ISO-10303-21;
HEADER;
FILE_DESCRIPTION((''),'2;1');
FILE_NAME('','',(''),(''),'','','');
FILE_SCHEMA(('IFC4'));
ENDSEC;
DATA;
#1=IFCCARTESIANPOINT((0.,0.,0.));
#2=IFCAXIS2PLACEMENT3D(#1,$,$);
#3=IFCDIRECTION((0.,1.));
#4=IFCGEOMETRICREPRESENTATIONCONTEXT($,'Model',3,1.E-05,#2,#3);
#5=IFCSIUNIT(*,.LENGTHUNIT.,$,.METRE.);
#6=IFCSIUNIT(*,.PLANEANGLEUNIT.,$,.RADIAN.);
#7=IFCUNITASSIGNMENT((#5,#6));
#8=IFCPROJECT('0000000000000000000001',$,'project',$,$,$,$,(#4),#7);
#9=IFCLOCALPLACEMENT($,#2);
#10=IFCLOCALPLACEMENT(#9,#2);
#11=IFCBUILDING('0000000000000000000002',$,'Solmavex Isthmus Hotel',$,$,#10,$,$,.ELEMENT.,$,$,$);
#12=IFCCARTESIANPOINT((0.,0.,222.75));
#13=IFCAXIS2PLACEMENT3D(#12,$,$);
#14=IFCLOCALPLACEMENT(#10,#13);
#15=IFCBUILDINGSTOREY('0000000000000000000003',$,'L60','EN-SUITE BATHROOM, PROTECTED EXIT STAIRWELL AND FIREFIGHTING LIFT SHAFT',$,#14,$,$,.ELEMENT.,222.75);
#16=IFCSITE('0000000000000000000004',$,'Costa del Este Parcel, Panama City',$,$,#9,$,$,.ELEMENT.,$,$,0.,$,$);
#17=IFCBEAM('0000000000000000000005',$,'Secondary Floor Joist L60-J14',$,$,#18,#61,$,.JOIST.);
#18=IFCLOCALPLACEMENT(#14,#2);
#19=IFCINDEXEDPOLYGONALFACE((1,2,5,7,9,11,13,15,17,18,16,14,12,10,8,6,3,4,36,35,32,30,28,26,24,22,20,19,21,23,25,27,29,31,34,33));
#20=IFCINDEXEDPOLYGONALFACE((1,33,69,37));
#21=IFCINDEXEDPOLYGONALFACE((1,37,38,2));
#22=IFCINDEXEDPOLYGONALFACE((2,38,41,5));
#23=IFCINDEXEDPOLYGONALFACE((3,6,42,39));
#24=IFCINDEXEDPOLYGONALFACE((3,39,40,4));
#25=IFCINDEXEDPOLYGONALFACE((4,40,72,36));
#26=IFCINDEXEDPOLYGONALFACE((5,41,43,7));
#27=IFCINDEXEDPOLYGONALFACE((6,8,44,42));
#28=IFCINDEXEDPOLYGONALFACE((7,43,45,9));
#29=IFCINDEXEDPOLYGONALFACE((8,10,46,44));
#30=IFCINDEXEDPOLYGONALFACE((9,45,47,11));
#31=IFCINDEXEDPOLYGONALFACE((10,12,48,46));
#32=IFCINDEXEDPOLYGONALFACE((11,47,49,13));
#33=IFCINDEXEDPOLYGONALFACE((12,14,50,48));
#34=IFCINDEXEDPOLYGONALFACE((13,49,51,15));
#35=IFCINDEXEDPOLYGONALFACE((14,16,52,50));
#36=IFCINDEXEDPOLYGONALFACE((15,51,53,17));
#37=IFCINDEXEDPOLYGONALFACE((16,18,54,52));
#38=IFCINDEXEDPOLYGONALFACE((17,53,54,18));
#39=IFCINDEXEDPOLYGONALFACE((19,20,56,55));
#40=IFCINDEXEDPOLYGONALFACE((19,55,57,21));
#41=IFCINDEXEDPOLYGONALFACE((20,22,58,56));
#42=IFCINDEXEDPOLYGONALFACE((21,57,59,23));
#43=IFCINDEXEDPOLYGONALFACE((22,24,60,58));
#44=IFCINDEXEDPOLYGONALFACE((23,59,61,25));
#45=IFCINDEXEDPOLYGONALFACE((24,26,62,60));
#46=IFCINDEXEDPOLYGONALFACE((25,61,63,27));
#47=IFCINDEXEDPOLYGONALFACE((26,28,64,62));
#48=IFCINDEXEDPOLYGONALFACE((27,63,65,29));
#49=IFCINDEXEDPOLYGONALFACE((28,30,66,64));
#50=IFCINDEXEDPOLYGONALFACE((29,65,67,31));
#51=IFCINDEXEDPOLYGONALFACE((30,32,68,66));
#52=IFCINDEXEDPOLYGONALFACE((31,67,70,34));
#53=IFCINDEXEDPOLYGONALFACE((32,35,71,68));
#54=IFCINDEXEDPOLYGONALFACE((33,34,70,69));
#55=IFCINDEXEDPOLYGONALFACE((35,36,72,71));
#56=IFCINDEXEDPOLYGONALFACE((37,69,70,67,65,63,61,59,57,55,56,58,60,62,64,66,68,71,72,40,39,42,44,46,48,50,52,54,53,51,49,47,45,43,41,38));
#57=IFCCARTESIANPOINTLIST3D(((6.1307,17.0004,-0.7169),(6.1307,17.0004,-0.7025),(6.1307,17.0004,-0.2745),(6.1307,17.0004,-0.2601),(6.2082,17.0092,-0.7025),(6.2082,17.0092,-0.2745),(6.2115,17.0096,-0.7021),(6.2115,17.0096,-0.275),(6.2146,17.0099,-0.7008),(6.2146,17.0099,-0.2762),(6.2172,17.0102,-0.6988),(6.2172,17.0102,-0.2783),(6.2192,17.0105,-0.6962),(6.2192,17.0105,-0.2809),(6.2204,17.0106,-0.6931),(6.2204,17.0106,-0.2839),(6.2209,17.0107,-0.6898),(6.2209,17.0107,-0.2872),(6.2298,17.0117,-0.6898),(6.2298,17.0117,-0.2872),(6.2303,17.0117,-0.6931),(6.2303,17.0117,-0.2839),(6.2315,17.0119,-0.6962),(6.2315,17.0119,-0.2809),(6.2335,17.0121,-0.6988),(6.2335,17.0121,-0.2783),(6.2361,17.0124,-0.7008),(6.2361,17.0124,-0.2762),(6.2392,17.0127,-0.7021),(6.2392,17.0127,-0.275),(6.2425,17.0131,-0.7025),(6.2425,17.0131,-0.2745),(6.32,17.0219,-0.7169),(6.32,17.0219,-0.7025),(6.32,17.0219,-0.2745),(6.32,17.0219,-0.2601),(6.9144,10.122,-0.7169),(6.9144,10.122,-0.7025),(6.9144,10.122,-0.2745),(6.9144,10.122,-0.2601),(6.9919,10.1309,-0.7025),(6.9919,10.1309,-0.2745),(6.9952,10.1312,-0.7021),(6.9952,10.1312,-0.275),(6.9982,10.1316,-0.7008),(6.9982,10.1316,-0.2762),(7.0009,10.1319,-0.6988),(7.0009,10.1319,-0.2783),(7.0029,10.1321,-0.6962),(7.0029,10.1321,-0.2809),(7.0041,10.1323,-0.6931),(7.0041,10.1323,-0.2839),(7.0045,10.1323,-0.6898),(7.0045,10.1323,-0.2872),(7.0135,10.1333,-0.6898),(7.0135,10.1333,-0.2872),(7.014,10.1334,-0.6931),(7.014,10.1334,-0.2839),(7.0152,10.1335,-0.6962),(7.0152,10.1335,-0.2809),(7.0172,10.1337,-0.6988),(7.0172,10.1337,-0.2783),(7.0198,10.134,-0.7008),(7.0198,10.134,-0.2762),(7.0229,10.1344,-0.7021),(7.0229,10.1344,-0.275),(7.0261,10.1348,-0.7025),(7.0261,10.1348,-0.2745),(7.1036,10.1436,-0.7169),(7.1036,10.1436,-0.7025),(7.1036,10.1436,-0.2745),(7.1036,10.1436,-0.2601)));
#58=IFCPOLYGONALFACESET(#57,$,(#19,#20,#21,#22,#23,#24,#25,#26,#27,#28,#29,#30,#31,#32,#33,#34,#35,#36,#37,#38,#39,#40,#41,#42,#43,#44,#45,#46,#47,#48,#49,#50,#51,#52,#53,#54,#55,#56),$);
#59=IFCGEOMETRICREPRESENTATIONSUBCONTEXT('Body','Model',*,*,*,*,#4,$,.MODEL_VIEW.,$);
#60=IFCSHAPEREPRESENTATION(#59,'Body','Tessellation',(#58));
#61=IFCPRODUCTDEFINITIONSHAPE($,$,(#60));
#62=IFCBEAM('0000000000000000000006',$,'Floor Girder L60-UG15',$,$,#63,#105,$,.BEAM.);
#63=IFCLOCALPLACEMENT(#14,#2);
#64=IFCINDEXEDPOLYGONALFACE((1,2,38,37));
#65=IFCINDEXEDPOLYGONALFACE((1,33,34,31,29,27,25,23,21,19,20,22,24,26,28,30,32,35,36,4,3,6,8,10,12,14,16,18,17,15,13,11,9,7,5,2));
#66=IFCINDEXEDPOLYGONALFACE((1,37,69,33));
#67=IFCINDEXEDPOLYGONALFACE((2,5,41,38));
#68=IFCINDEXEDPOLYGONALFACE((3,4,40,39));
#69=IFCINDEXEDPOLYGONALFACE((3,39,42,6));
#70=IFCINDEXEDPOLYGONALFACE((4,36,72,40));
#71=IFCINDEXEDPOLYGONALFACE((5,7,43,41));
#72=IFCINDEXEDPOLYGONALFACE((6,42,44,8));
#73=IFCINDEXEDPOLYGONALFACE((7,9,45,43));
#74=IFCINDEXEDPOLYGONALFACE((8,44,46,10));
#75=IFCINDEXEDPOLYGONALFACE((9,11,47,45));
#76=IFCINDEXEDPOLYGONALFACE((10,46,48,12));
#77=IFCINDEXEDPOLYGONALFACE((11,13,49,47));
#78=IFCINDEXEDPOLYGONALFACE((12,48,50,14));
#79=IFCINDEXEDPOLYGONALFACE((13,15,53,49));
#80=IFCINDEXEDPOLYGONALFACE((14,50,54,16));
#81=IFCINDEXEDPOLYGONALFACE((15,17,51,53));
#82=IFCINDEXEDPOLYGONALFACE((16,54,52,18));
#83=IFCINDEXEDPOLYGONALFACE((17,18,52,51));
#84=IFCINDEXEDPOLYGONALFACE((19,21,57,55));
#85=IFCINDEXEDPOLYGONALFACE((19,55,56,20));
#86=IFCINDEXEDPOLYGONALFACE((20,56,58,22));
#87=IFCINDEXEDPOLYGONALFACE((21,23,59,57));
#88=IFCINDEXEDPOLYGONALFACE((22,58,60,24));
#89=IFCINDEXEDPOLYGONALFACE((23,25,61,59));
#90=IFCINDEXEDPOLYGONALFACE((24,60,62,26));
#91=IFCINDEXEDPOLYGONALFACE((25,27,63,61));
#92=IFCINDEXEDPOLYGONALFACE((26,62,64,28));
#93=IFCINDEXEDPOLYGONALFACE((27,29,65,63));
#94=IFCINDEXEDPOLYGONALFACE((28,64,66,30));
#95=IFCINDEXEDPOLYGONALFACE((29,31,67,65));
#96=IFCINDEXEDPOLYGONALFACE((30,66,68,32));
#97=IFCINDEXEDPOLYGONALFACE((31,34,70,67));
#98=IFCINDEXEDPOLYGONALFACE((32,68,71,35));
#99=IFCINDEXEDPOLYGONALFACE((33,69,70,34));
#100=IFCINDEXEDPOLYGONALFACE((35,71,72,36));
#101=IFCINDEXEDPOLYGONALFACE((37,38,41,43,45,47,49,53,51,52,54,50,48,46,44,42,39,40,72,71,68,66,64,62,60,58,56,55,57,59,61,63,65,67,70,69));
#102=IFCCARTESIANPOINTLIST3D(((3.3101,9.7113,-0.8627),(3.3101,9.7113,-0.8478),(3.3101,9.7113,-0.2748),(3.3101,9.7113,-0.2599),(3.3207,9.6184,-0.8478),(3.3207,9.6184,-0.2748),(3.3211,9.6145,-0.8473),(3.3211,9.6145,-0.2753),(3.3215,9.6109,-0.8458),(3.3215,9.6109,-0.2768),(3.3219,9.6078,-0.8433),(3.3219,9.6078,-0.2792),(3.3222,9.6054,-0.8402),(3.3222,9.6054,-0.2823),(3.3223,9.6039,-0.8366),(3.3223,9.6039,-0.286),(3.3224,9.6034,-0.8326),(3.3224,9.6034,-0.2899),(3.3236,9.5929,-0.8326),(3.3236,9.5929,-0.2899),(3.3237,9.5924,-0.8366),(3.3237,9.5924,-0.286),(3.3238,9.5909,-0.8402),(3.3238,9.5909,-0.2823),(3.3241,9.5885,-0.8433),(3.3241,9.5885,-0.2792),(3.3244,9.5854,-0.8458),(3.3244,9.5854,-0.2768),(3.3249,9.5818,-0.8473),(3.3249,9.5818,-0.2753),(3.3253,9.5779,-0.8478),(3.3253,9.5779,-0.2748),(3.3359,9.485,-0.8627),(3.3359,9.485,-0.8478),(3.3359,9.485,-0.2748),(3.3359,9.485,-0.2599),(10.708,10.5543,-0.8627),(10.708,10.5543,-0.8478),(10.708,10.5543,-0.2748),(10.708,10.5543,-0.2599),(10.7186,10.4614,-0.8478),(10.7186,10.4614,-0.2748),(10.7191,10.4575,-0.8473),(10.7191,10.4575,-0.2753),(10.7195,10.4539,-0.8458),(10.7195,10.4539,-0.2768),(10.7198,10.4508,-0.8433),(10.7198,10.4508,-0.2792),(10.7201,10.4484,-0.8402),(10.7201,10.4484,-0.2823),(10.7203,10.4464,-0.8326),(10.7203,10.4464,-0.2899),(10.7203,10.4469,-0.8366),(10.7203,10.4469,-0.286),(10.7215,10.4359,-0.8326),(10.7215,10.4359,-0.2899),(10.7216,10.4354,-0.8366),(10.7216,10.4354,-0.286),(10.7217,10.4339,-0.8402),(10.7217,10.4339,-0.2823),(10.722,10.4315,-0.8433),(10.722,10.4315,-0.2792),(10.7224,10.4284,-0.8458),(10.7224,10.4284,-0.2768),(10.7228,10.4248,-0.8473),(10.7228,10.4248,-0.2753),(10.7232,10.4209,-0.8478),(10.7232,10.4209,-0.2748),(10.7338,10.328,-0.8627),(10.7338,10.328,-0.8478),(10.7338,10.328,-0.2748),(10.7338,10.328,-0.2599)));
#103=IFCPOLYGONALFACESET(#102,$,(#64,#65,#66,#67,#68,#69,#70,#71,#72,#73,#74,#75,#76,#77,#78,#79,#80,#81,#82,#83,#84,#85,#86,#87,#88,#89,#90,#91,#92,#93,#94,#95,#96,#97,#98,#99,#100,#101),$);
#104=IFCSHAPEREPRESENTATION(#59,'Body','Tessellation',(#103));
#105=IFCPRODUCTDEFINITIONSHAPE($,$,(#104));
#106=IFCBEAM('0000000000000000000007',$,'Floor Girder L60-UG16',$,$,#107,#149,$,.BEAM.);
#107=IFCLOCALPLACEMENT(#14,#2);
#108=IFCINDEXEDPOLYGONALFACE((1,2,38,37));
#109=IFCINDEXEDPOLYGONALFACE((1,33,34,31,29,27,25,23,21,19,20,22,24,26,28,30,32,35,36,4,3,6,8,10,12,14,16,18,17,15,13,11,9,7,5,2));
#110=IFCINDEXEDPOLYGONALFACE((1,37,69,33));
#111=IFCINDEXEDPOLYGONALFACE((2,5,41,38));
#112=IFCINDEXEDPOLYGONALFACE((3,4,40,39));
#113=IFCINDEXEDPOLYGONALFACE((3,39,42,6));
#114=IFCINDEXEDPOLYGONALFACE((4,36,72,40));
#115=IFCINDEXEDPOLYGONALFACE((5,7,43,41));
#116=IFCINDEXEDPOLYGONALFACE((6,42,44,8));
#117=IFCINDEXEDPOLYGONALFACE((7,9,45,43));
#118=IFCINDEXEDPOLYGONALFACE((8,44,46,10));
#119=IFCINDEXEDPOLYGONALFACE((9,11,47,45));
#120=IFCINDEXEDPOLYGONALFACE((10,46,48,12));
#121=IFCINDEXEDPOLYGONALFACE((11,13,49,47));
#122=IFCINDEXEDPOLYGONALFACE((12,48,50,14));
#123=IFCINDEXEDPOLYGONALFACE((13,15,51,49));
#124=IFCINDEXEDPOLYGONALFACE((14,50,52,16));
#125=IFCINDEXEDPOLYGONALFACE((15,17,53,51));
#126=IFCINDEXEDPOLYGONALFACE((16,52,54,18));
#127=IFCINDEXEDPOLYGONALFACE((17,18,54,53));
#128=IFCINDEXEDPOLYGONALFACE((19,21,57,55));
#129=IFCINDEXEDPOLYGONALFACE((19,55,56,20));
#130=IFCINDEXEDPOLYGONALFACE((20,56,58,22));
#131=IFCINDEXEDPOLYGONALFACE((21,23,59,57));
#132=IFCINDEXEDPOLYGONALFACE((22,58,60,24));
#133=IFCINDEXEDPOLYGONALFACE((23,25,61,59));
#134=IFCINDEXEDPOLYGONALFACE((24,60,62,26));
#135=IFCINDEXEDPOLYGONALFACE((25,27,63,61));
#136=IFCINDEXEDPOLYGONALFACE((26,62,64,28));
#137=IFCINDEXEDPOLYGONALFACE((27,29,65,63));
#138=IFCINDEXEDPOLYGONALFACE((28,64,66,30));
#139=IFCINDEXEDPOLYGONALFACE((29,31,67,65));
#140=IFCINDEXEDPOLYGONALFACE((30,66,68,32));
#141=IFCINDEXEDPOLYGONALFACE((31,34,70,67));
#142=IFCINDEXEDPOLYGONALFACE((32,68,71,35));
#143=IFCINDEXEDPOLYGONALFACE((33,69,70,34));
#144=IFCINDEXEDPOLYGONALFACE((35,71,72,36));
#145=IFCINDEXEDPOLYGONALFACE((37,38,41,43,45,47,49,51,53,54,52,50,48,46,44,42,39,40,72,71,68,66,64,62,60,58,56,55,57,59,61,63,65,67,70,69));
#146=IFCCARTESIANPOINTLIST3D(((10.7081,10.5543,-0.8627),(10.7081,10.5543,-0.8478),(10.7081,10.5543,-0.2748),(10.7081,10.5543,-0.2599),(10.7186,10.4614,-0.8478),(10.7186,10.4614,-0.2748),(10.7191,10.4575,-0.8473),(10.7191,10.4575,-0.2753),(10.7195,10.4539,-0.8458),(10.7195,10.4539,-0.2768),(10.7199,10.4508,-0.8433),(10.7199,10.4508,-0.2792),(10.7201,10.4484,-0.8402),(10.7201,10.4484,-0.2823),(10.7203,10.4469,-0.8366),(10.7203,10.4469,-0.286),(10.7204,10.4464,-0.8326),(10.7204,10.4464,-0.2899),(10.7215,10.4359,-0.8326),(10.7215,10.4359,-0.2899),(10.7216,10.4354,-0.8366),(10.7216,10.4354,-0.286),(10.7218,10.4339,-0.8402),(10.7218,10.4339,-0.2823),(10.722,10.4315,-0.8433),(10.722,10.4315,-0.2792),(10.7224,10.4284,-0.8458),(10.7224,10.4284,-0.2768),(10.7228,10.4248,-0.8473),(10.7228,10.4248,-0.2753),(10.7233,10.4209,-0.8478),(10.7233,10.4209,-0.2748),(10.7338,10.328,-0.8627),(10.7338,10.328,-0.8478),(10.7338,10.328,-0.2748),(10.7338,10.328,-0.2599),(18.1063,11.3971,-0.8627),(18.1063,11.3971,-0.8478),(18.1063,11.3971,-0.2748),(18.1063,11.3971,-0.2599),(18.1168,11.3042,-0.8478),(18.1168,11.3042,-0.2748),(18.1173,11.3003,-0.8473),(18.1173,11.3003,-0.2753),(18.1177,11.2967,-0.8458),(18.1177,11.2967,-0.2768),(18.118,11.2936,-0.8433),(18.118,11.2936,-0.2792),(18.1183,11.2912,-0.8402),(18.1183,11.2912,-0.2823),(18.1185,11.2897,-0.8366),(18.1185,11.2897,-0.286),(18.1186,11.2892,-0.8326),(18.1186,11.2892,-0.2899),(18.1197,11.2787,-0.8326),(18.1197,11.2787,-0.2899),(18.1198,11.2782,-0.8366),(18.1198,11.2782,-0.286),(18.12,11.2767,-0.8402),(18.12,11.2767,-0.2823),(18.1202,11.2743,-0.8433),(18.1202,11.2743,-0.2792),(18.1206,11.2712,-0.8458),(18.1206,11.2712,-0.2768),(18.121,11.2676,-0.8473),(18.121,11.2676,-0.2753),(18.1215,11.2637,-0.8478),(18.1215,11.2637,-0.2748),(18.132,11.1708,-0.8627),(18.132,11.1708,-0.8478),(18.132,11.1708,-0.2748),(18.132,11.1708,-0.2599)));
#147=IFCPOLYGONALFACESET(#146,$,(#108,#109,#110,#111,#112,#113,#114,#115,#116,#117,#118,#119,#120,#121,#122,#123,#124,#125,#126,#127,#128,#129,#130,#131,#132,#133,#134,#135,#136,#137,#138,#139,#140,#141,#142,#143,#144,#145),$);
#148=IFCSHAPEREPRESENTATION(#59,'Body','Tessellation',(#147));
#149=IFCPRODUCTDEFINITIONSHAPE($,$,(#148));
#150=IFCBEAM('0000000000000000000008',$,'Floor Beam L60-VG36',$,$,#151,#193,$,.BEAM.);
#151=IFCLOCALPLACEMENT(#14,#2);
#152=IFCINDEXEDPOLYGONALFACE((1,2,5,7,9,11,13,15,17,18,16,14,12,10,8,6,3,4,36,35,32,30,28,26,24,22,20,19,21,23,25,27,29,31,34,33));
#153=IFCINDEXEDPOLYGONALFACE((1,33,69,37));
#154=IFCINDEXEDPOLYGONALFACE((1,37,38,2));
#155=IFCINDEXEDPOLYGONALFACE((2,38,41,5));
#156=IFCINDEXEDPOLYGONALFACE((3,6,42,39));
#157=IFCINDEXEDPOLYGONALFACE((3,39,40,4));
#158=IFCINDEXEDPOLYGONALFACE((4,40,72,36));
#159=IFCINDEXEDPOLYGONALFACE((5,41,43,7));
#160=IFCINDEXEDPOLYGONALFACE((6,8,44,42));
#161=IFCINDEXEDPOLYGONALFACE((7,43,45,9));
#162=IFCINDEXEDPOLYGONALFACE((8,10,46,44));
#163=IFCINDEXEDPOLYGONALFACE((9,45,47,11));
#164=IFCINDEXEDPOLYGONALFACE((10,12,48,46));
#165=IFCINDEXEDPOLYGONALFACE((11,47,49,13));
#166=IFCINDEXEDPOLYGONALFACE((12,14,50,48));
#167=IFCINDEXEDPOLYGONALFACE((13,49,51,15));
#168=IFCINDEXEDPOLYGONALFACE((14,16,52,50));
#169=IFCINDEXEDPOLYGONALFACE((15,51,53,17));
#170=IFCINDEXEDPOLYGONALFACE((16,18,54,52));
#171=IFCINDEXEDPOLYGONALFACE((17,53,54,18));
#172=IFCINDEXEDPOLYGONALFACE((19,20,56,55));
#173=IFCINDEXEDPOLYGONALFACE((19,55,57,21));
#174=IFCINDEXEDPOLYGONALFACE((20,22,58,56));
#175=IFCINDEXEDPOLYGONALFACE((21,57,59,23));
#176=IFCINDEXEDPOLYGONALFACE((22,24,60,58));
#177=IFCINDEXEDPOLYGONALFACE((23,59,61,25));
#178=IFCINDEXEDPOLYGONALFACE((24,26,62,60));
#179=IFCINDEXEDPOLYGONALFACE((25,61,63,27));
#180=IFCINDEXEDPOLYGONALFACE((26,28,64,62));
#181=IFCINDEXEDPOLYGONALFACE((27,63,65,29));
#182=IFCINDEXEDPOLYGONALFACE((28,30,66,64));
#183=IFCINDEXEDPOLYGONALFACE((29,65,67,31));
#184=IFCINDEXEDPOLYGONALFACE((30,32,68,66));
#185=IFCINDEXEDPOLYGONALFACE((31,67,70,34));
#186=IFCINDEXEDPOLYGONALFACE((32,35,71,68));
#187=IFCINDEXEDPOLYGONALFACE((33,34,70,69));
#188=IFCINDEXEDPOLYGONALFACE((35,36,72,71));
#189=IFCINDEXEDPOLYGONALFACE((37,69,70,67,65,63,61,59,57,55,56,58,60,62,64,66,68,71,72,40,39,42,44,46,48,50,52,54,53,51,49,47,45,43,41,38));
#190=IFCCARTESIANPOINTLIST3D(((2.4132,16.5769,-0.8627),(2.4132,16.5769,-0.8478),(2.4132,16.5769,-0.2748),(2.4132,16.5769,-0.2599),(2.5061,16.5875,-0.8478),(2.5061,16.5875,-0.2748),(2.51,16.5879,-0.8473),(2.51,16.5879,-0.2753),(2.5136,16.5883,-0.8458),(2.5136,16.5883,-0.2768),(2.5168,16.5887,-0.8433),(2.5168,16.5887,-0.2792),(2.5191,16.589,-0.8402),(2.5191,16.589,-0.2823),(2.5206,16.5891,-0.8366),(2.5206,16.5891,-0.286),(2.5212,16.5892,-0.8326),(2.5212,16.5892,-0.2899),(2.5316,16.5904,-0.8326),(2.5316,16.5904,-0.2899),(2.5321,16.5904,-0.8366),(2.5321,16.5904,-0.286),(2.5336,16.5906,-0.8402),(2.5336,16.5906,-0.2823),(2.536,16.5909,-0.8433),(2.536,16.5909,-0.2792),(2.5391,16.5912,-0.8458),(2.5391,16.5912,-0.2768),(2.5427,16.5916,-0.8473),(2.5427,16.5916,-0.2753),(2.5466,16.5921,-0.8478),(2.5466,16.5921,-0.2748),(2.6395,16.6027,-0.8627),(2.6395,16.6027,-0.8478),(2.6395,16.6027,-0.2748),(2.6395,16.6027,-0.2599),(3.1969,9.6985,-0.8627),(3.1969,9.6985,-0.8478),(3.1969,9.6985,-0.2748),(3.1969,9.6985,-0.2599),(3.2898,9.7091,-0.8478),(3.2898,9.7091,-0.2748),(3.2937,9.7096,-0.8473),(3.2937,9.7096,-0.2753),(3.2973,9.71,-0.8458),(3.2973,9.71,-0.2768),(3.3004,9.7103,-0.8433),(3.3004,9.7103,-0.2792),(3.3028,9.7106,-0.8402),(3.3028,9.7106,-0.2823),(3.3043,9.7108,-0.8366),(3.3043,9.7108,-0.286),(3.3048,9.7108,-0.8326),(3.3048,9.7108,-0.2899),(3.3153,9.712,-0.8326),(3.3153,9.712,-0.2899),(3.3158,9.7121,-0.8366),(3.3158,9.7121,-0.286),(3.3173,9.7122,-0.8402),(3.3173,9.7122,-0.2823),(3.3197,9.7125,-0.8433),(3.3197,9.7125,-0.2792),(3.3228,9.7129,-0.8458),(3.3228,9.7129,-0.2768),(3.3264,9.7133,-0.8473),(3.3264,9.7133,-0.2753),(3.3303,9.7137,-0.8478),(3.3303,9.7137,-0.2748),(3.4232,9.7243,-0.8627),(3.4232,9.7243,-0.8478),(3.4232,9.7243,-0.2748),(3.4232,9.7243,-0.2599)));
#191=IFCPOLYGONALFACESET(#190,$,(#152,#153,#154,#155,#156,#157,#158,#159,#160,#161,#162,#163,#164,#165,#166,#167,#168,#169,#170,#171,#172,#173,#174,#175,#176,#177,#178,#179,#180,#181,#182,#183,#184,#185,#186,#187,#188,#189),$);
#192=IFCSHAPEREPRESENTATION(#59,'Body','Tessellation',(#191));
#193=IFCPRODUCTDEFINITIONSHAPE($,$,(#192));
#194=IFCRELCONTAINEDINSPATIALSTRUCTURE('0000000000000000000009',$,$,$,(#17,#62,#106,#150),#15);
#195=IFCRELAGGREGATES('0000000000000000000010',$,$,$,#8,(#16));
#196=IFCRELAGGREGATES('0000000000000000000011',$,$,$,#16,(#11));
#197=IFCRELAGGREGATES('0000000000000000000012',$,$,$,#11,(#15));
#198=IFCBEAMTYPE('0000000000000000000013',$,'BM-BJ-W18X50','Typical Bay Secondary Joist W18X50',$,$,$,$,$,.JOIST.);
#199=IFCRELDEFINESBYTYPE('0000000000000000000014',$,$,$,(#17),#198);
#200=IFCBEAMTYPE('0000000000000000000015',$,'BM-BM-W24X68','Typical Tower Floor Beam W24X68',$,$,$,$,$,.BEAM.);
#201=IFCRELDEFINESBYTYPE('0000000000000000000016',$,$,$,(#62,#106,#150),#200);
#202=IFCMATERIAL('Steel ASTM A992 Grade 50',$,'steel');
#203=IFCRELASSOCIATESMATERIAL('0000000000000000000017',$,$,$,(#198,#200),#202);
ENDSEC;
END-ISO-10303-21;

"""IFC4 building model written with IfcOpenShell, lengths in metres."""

from ifc_helpers import new_model, si_unit, direction, frame, origin, origin_2d, place, context, subcontext, project, spatial, i_section, extrude, material, material_profile, profile_set, type_object, element, save


model = new_model("IFC4")

# Units and contexts
model_context = context("Model", 3, precision=1e-05, world=origin(), true_north=direction((0.0, 1.0)))
body_context = subcontext(model_context, "Body", "Model", "MODEL_VIEW")
ifc_project = project(units=[si_unit("LENGTHUNIT", "METRE"), si_unit("PLANEANGLEUNIT", "RADIAN")], contexts=[model_context])

# Site, building, storey
site_placement = place(None, origin())
site = spatial("IfcSite", under=ifc_project, at=site_placement, Name="Costa del Este Parcel, Panama City", CompositionType="ELEMENT", RefElevation=0.0)
building_placement = place(site_placement, origin())
building = spatial("IfcBuilding", under=site, at=building_placement, Name="Solmavex Isthmus Hotel", CompositionType="ELEMENT")
storey_placement = place(building_placement, frame((0.0, 0.0, 222.75)))
storey = spatial("IfcBuildingStorey", under=building, at=storey_placement, Name="L60", Description="EN-SUITE BATHROOM, PROTECTED EXIT STAIRWELL AND FIREFIGHTING LIFT SHAFT", CompositionType="ELEMENT", Elevation=222.75)

# Beams
ifc_material_1 = material(Name="Steel ASTM A992 Grade 50", Category="steel")
ifc_material_profile_1 = material_profile(ifc_material_1, i_section(OverallWidth=0.1904, OverallDepth=0.4568, WebThickness=0.009, FlangeThickness=0.0144, FilletRadius=0.0127, at=origin_2d()), Name="W18X50")
ifc_profile_set_1 = profile_set([ifc_material_profile_1], Name="Steel ASTM A992 Grade 50")
beam_type_1 = type_object("IfcBeamType", Name="BM-BJ-W18X50", Description="Typical Bay Secondary Joist W18X50", PredefinedType="JOIST", material=ifc_profile_set_1)
beam_1_placement = place(storey_placement, frame((7.009, 10.1328, -0.4885), z_axis=(-0.113202, 0.993572, 0.0), x_axis=(-0.993572, -0.113202, 0.0)))
element("IfcBeam", 1, at=beam_1_placement, inside=storey, type_object=beam_type_1, Name="Secondary Floor Joist L60-J14", PredefinedType="JOIST", context=body_context, shape_type="SweptSolid", body=[
    extrude(i_section(OverallWidth=0.1904, OverallDepth=0.4568, WebThickness=0.009, FlangeThickness=0.0144, FilletRadius=0.0127, at=origin_2d()), origin(), (0.0, 0.0, 1.0), 6.9229),
])
ifc_material_profile_2 = material_profile(ifc_material_1, i_section(OverallWidth=0.2278, OverallDepth=0.6028, WebThickness=0.0105, FlangeThickness=0.0149, FilletRadius=0.0151, at=origin_2d()), Name="W24X68")
ifc_profile_set_2 = profile_set([ifc_material_profile_2], Name="Steel ASTM A992 Grade 50")
beam_type_2 = type_object("IfcBeamType", Name="BM-BM-W24X68", Description="Typical Tower Floor Beam W24X68", PredefinedType="BEAM", material=ifc_profile_set_2)
beam_2_placement = place(storey_placement, frame((3.323, 9.5981, -0.5613), z_axis=(0.99357, 0.11322, 0.0), x_axis=(-0.11322, 0.99357, 0.0)))
element("IfcBeam", 2, at=beam_2_placement, inside=storey, type_object=beam_type_2, Name="Floor Girder L60-UG15", PredefinedType="BEAM", context=body_context, shape_type="SweptSolid", body=[
    extrude(i_section(OverallWidth=0.2278, OverallDepth=0.6028, WebThickness=0.0105, FlangeThickness=0.0149, FilletRadius=0.0151, at=origin_2d()), origin(), (0.0, 0.0, 1.0), 7.4458),
])
beam_3_placement = place(storey_placement, frame((10.7209, 10.4412, -0.5613), z_axis=(0.993574, 0.113184, 0.0), x_axis=(-0.113184, 0.993574, 0.0)))
element("IfcBeam", 3, at=beam_3_placement, inside=storey, type_object=beam_type_2, Name="Floor Girder L60-UG16", PredefinedType="BEAM", context=body_context, shape_type="SweptSolid", body=[
    extrude(i_section(OverallWidth=0.2278, OverallDepth=0.6028, WebThickness=0.0105, FlangeThickness=0.0149, FilletRadius=0.0151, at=origin_2d()), origin(), (0.0, 0.0, 1.0), 7.446),
])
for number, where, z_axis, x_axis, name in (
    (4, (3.3101, 9.7114, -0.5613), (-0.113202, 0.993572, 0.0), (-0.993572, -0.113202, 0.0), "Floor Beam L60-VG36"),
):
    element("IfcBeam", number, at=place(storey_placement, frame(where, z_axis=z_axis, x_axis=x_axis)), inside=storey, type_object=beam_type_2, Name=name, PredefinedType="BEAM", context=body_context, shape_type="SweptSolid", body=[
        extrude(i_section(OverallWidth=0.2278, OverallDepth=0.6028, WebThickness=0.0105, FlangeThickness=0.0149, FilletRadius=0.0151, at=origin_2d()), origin(), (0.0, 0.0, 1.0), 6.9229),
    ])

save(model, "model.ifc")
